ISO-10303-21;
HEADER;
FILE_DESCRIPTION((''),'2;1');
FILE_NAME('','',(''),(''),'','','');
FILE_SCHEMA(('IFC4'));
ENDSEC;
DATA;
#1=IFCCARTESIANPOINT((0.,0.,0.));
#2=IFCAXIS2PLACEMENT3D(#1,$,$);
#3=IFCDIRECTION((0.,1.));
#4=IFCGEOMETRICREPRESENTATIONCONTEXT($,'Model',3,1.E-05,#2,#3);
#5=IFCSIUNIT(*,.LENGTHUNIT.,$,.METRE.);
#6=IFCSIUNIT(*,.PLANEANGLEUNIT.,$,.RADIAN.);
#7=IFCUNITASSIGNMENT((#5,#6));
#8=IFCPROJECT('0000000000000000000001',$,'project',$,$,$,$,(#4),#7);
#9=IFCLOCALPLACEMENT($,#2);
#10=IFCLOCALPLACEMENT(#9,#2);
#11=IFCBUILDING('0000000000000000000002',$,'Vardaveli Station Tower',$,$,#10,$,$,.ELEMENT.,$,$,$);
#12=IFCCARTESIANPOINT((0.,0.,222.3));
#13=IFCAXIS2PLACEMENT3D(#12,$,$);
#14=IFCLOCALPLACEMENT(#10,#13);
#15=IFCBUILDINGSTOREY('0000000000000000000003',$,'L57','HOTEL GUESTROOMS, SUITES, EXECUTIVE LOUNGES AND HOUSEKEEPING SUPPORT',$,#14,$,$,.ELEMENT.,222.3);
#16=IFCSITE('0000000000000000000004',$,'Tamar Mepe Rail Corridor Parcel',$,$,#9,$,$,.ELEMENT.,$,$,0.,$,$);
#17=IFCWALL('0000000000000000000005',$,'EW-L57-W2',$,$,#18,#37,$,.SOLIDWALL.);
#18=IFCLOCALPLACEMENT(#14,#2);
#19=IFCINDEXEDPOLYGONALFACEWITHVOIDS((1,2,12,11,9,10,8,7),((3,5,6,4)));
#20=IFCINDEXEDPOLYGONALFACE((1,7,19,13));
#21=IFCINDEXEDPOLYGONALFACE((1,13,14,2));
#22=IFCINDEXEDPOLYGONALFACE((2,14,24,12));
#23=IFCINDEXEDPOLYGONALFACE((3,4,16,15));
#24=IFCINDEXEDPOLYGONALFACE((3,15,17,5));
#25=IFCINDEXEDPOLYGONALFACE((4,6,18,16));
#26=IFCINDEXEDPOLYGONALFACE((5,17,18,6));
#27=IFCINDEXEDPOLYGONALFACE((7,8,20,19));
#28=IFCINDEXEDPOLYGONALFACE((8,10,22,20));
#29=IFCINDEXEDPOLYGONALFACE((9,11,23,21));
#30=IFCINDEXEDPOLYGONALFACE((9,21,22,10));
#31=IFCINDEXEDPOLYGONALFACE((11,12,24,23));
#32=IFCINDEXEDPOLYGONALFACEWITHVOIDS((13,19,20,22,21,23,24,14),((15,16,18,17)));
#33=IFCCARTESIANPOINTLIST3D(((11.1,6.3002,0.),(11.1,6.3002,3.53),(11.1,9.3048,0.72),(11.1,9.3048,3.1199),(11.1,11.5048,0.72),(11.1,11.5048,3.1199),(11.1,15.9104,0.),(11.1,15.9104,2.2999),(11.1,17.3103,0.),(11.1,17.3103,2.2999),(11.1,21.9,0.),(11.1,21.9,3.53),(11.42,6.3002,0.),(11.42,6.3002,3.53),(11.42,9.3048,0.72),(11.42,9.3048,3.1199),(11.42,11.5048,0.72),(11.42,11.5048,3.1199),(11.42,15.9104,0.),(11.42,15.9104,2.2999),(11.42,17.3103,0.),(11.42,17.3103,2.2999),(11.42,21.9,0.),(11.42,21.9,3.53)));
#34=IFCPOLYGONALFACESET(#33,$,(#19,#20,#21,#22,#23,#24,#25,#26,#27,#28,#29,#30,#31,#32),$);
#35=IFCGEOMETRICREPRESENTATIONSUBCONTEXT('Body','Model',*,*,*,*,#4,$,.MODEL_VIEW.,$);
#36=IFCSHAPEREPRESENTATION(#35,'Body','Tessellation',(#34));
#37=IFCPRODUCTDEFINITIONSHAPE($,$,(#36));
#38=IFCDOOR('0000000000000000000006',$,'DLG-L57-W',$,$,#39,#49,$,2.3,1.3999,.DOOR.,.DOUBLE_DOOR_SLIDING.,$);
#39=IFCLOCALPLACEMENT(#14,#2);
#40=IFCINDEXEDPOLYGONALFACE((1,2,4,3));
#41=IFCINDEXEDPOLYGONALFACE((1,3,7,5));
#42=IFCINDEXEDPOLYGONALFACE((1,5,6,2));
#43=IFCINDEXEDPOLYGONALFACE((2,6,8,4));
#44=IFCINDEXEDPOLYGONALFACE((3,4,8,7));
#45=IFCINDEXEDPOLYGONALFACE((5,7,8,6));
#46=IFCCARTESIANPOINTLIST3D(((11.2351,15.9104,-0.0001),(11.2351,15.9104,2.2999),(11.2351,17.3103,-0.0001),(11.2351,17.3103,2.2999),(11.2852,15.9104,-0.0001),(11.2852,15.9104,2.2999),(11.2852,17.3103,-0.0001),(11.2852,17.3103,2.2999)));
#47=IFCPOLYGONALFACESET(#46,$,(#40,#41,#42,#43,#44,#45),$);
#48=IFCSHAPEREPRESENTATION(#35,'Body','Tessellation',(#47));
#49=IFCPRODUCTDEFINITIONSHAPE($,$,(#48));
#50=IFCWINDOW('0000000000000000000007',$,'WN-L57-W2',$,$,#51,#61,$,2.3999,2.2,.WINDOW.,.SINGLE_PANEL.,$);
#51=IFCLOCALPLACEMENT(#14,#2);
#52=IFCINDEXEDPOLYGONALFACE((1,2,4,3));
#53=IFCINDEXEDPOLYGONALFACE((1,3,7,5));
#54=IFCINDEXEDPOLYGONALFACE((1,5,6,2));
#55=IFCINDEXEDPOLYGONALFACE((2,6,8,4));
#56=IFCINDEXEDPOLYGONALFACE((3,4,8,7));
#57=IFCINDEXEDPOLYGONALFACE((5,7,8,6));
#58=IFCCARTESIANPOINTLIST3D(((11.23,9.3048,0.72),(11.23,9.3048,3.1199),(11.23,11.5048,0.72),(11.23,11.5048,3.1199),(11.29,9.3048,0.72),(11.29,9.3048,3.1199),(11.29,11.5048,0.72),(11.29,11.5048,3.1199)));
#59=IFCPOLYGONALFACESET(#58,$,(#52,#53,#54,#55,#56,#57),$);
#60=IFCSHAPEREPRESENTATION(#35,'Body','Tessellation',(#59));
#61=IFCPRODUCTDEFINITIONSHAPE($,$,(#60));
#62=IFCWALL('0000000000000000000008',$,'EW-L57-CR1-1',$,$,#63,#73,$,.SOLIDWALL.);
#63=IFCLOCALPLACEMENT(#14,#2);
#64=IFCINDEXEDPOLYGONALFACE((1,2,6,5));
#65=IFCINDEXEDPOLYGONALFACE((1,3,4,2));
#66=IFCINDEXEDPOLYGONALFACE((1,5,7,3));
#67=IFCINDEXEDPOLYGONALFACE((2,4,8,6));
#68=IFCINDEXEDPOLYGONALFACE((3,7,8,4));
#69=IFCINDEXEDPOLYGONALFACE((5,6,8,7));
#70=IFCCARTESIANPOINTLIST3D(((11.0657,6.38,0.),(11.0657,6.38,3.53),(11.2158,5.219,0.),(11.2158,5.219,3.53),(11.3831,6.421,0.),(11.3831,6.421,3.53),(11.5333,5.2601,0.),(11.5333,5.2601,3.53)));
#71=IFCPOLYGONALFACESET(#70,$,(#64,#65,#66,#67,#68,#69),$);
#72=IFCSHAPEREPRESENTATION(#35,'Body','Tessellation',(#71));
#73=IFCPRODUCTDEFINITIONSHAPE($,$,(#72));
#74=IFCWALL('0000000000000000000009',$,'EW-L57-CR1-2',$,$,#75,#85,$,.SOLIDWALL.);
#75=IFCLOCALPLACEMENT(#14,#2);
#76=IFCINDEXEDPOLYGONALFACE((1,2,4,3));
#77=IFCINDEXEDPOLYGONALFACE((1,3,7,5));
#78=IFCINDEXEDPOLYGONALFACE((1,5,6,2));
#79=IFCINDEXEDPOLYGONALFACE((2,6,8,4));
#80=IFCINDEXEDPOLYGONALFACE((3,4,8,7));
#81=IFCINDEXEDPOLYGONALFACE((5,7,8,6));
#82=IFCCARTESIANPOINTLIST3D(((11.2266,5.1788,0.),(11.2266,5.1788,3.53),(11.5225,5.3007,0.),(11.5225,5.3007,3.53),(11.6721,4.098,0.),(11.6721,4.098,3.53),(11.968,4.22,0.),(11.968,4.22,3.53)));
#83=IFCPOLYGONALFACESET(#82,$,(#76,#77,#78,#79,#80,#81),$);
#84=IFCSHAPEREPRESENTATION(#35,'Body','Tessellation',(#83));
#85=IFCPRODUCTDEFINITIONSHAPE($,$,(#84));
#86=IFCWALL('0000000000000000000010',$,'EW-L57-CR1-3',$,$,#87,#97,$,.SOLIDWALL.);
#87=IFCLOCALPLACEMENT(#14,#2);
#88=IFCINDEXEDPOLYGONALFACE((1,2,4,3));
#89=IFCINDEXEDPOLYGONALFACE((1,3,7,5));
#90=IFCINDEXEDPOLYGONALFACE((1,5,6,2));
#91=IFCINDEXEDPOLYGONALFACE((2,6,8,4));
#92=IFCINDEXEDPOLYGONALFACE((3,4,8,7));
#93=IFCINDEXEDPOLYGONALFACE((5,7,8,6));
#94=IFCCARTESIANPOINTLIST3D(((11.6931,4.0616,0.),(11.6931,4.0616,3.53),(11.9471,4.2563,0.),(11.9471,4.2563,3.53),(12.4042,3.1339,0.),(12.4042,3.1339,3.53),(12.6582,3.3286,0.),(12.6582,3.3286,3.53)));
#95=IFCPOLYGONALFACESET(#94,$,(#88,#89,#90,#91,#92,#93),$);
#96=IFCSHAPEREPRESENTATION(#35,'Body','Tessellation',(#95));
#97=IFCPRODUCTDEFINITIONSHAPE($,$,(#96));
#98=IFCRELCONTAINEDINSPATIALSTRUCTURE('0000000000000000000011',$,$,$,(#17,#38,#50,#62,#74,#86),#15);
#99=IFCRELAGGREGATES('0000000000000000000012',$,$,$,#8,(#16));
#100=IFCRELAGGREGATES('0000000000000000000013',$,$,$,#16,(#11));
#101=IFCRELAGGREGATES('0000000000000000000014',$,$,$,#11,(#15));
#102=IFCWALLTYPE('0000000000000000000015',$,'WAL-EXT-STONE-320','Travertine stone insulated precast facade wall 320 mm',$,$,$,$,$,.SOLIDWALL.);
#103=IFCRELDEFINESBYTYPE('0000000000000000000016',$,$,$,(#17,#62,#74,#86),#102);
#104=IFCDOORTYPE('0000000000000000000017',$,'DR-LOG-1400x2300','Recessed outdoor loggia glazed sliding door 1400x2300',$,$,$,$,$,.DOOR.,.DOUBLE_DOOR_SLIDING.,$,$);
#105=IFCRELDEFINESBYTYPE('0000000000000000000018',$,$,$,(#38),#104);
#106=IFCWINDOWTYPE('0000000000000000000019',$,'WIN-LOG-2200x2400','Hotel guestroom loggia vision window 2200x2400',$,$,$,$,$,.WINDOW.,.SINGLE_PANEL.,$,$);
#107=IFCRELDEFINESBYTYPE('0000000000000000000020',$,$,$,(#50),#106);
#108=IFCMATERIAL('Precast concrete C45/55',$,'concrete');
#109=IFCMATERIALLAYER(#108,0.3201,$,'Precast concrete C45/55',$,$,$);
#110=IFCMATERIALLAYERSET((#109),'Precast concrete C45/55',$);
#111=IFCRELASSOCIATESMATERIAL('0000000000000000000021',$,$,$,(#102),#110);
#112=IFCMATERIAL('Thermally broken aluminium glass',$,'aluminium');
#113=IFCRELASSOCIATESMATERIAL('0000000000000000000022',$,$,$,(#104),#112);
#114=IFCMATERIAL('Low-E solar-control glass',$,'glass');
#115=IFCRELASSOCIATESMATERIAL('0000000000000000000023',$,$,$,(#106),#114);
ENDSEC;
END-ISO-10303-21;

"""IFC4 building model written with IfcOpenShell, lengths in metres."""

from ifc_helpers import new_model, si_unit, direction, frame, frame_2d, origin, place, context, subcontext, project, spatial, rectangle, extrude, source, transform, mapped, material, layer, layer_set, type_object, element, fill, save


model = new_model("IFC4")

# Units and contexts
model_context = context("Model", 3, precision=1e-05, world=origin(), true_north=direction((0.0, 1.0)))
body_context = subcontext(model_context, "Body", "Model", "MODEL_VIEW")
ifc_project = project(units=[si_unit("LENGTHUNIT", "METRE"), si_unit("PLANEANGLEUNIT", "RADIAN")], contexts=[model_context])

# Site, building, storey
site_placement = place(None, origin())
site = spatial("IfcSite", under=ifc_project, at=site_placement, Name="Tamar Mepe Rail Corridor Parcel", CompositionType="ELEMENT", RefElevation=0.0)
building_placement = place(site_placement, origin())
building = spatial("IfcBuilding", under=site, at=building_placement, Name="Vardaveli Station Tower", CompositionType="ELEMENT")
storey_placement = place(building_placement, frame((0.0, 0.0, 222.3)))
storey = spatial("IfcBuildingStorey", under=building, at=storey_placement, Name="L57", Description="HOTEL GUESTROOMS, SUITES, EXECUTIVE LOUNGES AND HOUSEKEEPING SUPPORT", CompositionType="ELEMENT", Elevation=222.3)

# Shared definitions
ifc_material_1 = material(Name="Precast concrete C45/55", Category="concrete")

# Wall, openings, door, window
ifc_layer_1 = layer(ifc_material_1, 0.3201, Name="Precast concrete C45/55")
ifc_layer_set_1 = layer_set([ifc_layer_1], Name="Precast concrete C45/55")
wall_type_1 = type_object("IfcWallType", Name="WAL-EXT-STONE-320", Description="Travertine stone insulated precast facade wall 320 mm", PredefinedType="SOLIDWALL", material=ifc_layer_set_1)
shared_shape_1 = source(origin(), body_context, "Body", "SweptSolid", [
    extrude(rectangle(XDim=15.5999, YDim=0.3201, at=frame_2d((7.7998, 0.0))), origin(), (0.0, 0.0, 1.0), 3.53),
])
wall_1_placement = place(storey_placement, frame((11.26, 21.8999, 0.0), z_axis=(0.0, 0.0, 1.0), x_axis=(0.0, -1.0, 0.0)))
wall_1 = element("IfcWall", 1, at=wall_1_placement, inside=storey, type_object=wall_type_1, Name="EW-L57-W2", PredefinedType="SOLIDWALL", context=body_context, shape_type="MappedRepresentation", body=[
    mapped(shared_shape_1, transform((0.0, 0.0, 0.0), scale=1.0)),
])
shared_shape_2 = source(origin(), body_context, "Body", "SweptSolid", [
    extrude(rectangle(XDim=1.3999, YDim=2.3, at=frame_2d((0.7, 1.1499))), frame((0.0, 0.1699, 0.0), z_axis=(0.0, -1.0, 0.0), x_axis=(1.0, 0.0, 0.0)), (0.0, 0.0, 1.0), 0.3401),
])
opening_1_placement = place(wall_1_placement, frame((4.5896, 0.0, 0.0)))
opening_1 = element("IfcOpeningElement", 2, at=opening_1_placement, cuts=wall_1, PredefinedType="OPENING", context=body_context, shape_type="MappedRepresentation", body=[
    mapped(shared_shape_2, transform((0.0, 0.0, 0.0), scale=1.0)),
])
shared_shape_3 = source(origin(), body_context, "Body", "SweptSolid", [
    extrude(rectangle(XDim=2.2, YDim=2.3999, at=frame_2d((1.1001, 1.2))), frame((0.0, 0.1699, 0.0), z_axis=(0.0, -1.0, 0.0), x_axis=(1.0, 0.0, 0.0)), (0.0, 0.0, 1.0), 0.3401),
])
opening_2_placement = place(wall_1_placement, frame((10.395, 0.0, 0.72)))
opening_2 = element("IfcOpeningElement", 3, at=opening_2_placement, cuts=wall_1, PredefinedType="OPENING", context=body_context, shape_type="MappedRepresentation", body=[
    mapped(shared_shape_3, transform((0.0, 0.0, 0.0), scale=1.0)),
])
ifc_material_2 = material(Name="Thermally broken aluminium glass", Category="aluminium")
door_type_1 = type_object("IfcDoorType", Name="DR-LOG-1400x2300", Description="Recessed outdoor loggia glazed sliding door 1400x2300", OperationType="DOUBLE_DOOR_SLIDING", PredefinedType="DOOR", material=ifc_material_2)
shared_shape_4 = source(origin(), body_context, "Body", "SweptSolid", [
    extrude(rectangle(XDim=1.3999, YDim=2.3, at=frame_2d((0.7, 1.1499))), frame((0.0, 0.0249, 0.0), z_axis=(0.0, -1.0, 0.0), x_axis=(1.0, 0.0, 0.0)), (0.0, 0.0, 1.0), 0.05),
])
door_1_placement = place(opening_1_placement, frame((1.3999, 0.0, 0.0), z_axis=(0.0, 0.0, 1.0), x_axis=(-1.0, 0.0, 0.0)))
door_1 = element("IfcDoor", 4, at=door_1_placement, inside=storey, type_object=door_type_1, Name="DLG-L57-W", OperationType="DOUBLE_DOOR_SLIDING", OverallHeight=2.3, OverallWidth=1.3999, PredefinedType="DOOR", context=body_context, shape_type="MappedRepresentation", body=[
    mapped(shared_shape_4, transform((0.0, 0.0, 0.0), scale=1.0)),
])
fill(opening_1, door_1)
ifc_material_3 = material(Name="Low-E solar-control glass", Category="glass")
window_type = type_object("IfcWindowType", Name="WIN-LOG-2200x2400", Description="Hotel guestroom loggia vision window 2200x2400", PartitioningType="SINGLE_PANEL", PredefinedType="WINDOW", material=ifc_material_3)
shared_shape_5 = source(origin(), body_context, "Body", "SweptSolid", [
    extrude(rectangle(XDim=2.2, YDim=2.3999, at=frame_2d((1.1001, 1.2))), frame((0.0, 0.03, 0.0), z_axis=(0.0, -1.0, 0.0), x_axis=(1.0, 0.0, 0.0)), (0.0, 0.0, 1.0), 0.0601),
])
window_placement = place(opening_2_placement, origin())
window = element("IfcWindow", 5, at=window_placement, inside=storey, type_object=window_type, Name="WN-L57-W2", OverallHeight=2.3999, OverallWidth=2.2, PartitioningType="SINGLE_PANEL", PredefinedType="WINDOW", context=body_context, shape_type="MappedRepresentation", body=[
    mapped(shared_shape_5, transform((0.0, 0.0, 0.0), scale=1.0)),
])
fill(opening_2, window)

# Walls
shared_shape_6 = source(origin(), body_context, "Body", "SweptSolid", [
    extrude(rectangle(XDim=1.1707, YDim=0.3201, at=frame_2d((0.5854, 0.0))), origin(), (0.0, 0.0, 1.0), 3.53),
])
wall_2_placement = place(storey_placement, frame((11.2244, 6.4006, 0.0), z_axis=(0.0, 0.0, 1.0), x_axis=(0.128269, -0.991739, 0.0)))
element("IfcWall", 6, at=wall_2_placement, inside=storey, type_object=wall_type_1, Name="EW-L57-CR1-1", PredefinedType="SOLIDWALL", context=body_context, shape_type="MappedRepresentation", body=[
    mapped(shared_shape_6, transform((0.0, 0.0, 0.0), scale=1.0)),
])
shared_shape_7 = source(origin(), body_context, "Body", "SweptSolid", [
    extrude(rectangle(XDim=1.1689, YDim=0.3201, at=frame_2d((0.5845, 0.0))), origin(), (0.0, 0.0, 1.0), 3.53),
])
for number, where, z_axis, x_axis, name in (
    (7, (11.3745, 5.2397, 0.0), (0.0, 0.0, 1.0), (0.381128, -0.924522, 0.0), "EW-L57-CR1-2"),
    (8, (11.8201, 4.1589, 0.0), (0.0, 0.0, 1.0), (0.608388, -0.79364, 0.0), "EW-L57-CR1-3"),
):
    element("IfcWall", number, at=place(storey_placement, frame(where, z_axis=z_axis, x_axis=x_axis)), inside=storey, type_object=wall_type_1, Name=name, PredefinedType="SOLIDWALL", context=body_context, shape_type="MappedRepresentation", body=[
        mapped(shared_shape_7, transform((0.0, 0.0, 0.0), scale=1.0)),
    ])

save(model, "model.ifc")
